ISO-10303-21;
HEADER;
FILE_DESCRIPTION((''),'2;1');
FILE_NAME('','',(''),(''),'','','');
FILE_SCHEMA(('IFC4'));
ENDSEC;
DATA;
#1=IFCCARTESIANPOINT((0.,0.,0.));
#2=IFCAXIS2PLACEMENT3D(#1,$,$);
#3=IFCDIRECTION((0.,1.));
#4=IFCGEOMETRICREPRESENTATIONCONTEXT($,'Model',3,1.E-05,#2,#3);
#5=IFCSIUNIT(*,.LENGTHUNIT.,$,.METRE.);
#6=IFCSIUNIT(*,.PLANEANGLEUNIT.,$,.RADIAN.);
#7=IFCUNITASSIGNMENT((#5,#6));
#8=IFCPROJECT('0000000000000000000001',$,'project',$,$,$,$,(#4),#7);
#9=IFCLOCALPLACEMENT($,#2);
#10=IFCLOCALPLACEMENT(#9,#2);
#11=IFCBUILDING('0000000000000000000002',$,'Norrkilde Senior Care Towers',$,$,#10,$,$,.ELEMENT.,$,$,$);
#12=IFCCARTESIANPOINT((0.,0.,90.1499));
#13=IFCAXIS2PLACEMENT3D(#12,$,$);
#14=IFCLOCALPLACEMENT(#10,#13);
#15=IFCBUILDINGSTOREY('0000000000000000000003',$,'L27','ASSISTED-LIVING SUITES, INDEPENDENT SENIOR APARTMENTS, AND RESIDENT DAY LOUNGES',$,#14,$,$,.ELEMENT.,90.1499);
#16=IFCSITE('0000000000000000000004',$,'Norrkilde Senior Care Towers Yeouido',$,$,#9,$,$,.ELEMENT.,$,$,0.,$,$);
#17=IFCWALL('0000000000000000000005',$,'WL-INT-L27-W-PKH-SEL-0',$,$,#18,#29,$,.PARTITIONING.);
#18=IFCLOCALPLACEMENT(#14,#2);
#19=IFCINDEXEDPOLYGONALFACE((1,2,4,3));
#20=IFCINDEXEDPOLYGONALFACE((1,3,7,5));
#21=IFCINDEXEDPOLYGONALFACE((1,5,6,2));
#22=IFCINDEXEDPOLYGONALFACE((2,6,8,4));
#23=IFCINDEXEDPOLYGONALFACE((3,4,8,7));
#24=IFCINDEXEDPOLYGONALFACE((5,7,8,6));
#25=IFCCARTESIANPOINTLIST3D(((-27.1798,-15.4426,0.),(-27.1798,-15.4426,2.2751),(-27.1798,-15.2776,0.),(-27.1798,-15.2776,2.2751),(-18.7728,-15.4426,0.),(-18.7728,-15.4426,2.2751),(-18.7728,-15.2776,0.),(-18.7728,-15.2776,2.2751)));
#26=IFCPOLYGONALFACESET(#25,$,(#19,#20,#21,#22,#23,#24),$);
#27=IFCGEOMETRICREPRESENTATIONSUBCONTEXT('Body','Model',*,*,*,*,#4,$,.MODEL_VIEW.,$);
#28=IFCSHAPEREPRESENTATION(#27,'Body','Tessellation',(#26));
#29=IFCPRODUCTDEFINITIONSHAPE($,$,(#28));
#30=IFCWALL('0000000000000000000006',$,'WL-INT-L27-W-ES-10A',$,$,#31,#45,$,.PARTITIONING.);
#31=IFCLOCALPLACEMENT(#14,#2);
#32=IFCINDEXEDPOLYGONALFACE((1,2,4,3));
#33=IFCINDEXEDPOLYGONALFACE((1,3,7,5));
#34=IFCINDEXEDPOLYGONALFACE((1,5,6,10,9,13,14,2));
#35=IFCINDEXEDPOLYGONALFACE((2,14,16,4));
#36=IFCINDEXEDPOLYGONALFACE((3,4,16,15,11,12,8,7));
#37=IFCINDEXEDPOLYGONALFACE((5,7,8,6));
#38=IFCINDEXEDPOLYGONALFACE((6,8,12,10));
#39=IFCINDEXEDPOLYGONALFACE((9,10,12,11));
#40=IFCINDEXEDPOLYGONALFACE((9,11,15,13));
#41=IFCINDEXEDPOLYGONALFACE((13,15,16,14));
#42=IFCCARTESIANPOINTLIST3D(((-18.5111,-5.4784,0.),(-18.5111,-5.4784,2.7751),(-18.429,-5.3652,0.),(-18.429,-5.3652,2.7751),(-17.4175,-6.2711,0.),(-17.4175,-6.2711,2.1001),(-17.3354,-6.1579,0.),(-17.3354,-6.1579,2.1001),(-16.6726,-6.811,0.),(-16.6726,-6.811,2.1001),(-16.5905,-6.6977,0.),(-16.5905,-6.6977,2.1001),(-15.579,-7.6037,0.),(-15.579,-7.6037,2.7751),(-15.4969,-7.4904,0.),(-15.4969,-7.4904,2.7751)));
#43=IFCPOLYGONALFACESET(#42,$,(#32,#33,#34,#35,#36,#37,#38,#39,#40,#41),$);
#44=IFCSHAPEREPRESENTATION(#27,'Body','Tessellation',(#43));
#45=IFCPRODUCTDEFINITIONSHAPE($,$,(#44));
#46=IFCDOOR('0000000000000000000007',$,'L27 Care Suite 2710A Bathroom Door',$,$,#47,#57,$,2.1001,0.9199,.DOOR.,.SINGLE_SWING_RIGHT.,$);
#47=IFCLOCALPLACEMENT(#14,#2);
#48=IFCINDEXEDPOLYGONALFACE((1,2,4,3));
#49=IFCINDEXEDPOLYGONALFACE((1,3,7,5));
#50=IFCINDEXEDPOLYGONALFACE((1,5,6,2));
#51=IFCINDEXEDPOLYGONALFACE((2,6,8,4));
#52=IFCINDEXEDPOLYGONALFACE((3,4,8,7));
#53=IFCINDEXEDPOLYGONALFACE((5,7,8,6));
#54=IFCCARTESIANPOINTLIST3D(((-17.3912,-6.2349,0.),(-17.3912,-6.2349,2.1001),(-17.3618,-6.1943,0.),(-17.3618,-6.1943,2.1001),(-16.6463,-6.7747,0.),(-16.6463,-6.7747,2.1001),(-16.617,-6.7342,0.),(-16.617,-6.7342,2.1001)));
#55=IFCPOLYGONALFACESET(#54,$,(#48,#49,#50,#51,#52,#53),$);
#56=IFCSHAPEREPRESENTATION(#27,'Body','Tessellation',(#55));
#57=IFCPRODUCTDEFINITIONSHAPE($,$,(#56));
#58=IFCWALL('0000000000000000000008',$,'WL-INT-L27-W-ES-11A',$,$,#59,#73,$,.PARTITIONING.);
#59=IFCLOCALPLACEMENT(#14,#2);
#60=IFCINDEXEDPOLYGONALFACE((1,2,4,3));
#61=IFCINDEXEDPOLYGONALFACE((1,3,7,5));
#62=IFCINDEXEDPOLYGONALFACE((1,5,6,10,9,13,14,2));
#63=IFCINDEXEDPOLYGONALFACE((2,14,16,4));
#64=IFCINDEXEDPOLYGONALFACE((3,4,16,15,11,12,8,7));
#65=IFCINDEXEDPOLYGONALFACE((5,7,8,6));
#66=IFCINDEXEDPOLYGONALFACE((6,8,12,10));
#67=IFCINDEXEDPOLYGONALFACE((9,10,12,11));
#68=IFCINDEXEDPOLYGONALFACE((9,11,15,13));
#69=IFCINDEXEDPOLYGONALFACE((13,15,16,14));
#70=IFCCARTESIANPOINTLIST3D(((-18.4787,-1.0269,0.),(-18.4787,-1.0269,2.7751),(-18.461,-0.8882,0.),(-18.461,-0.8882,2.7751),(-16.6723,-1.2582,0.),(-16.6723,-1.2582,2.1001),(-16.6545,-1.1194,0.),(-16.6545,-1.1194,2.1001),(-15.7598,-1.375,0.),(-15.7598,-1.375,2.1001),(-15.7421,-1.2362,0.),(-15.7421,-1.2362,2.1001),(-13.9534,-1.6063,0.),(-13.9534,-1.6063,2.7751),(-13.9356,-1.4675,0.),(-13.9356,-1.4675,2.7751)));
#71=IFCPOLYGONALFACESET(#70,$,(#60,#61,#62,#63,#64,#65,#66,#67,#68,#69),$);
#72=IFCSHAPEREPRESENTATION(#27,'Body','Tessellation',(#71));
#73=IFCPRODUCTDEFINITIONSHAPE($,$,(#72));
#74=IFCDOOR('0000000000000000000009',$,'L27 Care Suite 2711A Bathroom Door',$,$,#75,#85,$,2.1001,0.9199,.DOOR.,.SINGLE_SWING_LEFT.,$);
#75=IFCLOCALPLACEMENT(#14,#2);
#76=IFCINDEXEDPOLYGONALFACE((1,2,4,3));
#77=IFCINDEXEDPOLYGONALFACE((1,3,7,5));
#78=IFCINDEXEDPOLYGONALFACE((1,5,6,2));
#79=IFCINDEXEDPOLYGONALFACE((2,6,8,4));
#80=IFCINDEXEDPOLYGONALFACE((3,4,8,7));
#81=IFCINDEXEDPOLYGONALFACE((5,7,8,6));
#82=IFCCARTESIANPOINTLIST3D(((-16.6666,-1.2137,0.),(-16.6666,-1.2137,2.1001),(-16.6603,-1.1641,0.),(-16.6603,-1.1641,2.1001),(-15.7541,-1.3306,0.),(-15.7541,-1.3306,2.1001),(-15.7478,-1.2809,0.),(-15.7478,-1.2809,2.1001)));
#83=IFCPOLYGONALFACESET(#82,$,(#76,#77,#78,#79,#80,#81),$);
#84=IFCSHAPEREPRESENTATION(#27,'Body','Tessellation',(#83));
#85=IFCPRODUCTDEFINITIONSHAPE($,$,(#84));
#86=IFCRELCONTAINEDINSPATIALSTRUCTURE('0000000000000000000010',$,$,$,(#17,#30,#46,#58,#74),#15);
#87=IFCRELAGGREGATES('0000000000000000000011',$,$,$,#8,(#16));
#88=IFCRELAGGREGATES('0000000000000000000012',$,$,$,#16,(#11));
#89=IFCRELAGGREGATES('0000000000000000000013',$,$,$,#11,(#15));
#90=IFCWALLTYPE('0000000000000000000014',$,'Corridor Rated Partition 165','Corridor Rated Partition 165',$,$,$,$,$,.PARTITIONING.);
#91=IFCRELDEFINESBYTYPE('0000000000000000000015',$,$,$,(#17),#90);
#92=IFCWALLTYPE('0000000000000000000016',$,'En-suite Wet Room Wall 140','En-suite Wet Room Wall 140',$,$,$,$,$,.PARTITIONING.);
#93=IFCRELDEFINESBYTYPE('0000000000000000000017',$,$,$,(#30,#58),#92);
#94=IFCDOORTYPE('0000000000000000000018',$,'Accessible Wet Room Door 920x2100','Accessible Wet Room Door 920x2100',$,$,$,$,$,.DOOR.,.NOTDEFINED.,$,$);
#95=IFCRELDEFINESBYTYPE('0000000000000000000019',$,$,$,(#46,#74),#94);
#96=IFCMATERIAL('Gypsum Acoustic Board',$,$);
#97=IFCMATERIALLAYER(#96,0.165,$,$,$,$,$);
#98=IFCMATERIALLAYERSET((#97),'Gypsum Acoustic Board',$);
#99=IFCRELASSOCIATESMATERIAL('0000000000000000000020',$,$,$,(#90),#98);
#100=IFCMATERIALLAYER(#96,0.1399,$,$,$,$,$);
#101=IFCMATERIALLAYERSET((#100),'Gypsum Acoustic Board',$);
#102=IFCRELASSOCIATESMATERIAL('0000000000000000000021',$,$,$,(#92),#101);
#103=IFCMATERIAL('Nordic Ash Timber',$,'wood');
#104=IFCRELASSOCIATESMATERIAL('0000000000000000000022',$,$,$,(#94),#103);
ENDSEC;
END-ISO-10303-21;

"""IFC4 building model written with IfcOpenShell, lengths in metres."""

from ifc_helpers import new_model, si_unit, direction, frame, frame_2d, origin, place, context, subcontext, project, spatial, rectangle, extrude, source, transform, mapped, material, layer, layer_set, type_object, type_shapes, element, fill, save


model = new_model("IFC4")

# Units and contexts
model_context = context("Model", 3, precision=1e-05, world=origin(), true_north=direction((0.0, 1.0)))
body_context = subcontext(model_context, "Body", "Model", "MODEL_VIEW")
ifc_project = project(units=[si_unit("LENGTHUNIT", "METRE"), si_unit("PLANEANGLEUNIT", "RADIAN")], contexts=[model_context])

# Site, building, storey
site_placement = place(None, origin())
site = spatial("IfcSite", under=ifc_project, at=site_placement, Name="Norrkilde Senior Care Towers Yeouido", CompositionType="ELEMENT", RefElevation=0.0)
building_placement = place(site_placement, origin())
building = spatial("IfcBuilding", under=site, at=building_placement, Name="Norrkilde Senior Care Towers", CompositionType="ELEMENT")
storey_placement = place(building_placement, frame((0.0, 0.0, 90.1499)))
storey = spatial("IfcBuildingStorey", under=building, at=storey_placement, Name="L27", Description="ASSISTED-LIVING SUITES, INDEPENDENT SENIOR APARTMENTS, AND RESIDENT DAY LOUNGES", CompositionType="ELEMENT", Elevation=90.1499)

# Shared definitions
ifc_material_1 = material(Name="Gypsum Acoustic Board")
ifc_layer_1 = layer(ifc_material_1, 0.165)
ifc_layer_set_1 = layer_set([ifc_layer_1], Name="Gypsum Acoustic Board")
wall_type_1 = type_object("IfcWallType", Name="Corridor Rated Partition 165", Description="Corridor Rated Partition 165", PredefinedType="PARTITIONING", material=ifc_layer_set_1)

# Shared definitions
ifc_layer_2 = layer(ifc_material_1, 0.1399)
ifc_layer_set_2 = layer_set([ifc_layer_2], Name="Gypsum Acoustic Board")
wall_type_2 = type_object("IfcWallType", Name="En-suite Wet Room Wall 140", Description="En-suite Wet Room Wall 140", PredefinedType="PARTITIONING", material=ifc_layer_set_2)

# Shared definitions
ifc_material_2 = material(Name="Nordic Ash Timber", Category="wood")

# Wall
shared_shape_1 = source(origin(), body_context, "Body", "SweptSolid", [
    extrude(rectangle(XDim=8.407, YDim=0.165, at=frame_2d((4.2036, 0.0))), origin(), (0.0, 0.0, 1.0), 2.2751),
])
wall_1_placement = place(storey_placement, frame((-27.1799, -15.3601, 0.0), z_axis=(0.0, 0.0, 1.0), x_axis=(1.0, 0.0, 0.0)))
element("IfcWall", 1, at=wall_1_placement, inside=storey, type_object=wall_type_1, Name="WL-INT-L27-W-PKH-SEL-0", PredefinedType="PARTITIONING", context=body_context, shape_type="MappedRepresentation", body=[
    mapped(shared_shape_1, transform((0.0, 0.0, 0.0), x_axis=(1.0, 0.0, 0.0), y_axis=(0.0, 1.0, 0.0), z_axis=(0.0, 0.0, 1.0), scale=1.0)),
])

# Walls, openings, doors
shared_shape_2 = source(origin(), body_context, "Body", "SweptSolid", [
    extrude(rectangle(XDim=3.6213, YDim=0.1399, at=frame_2d((1.8105, 0.0))), origin(), (0.0, 0.0, 1.0), 2.7751),
])
wall_2_placement = place(storey_placement, frame((-18.47, -5.4219, 0.0), z_axis=(0.0, 0.0, 1.0), x_axis=(0.809683, -0.586868, 0.0)))
wall_2 = element("IfcWall", 2, at=wall_2_placement, inside=storey, type_object=wall_type_2, Name="WL-INT-L27-W-ES-10A", PredefinedType="PARTITIONING", context=body_context, shape_type="MappedRepresentation", body=[
    mapped(shared_shape_2, transform((0.0, 0.0, 0.0), x_axis=(1.0, 0.0, 0.0), y_axis=(0.0, 1.0, 0.0), z_axis=(0.0, 0.0, 1.0), scale=1.0)),
])
opening_1_placement = place(wall_2_placement, frame((1.3506, 0.0, 0.0)))
opening_1 = element("IfcOpeningElement", 3, at=opening_1_placement, cuts=wall_2, PredefinedType="OPENING", context=body_context, shape_type="SweptSolid", body=[
    extrude(rectangle(XDim=0.9199, YDim=2.1001, at=frame_2d((0.46, 1.05))), frame((0.0, 0.0798, 0.0), z_axis=(0.0, -1.0, 0.0), x_axis=(1.0, 0.0, 0.0)), (0.0, 0.0, 1.0), 0.1599),
])
door_type_1 = type_object("IfcDoorType", Name="Accessible Wet Room Door 920x2100", Description="Accessible Wet Room Door 920x2100", OperationType="NOTDEFINED", PredefinedType="DOOR", material=ifc_material_2)
shared_shape_3 = source(origin(), body_context, "Body", "SweptSolid", [
    extrude(rectangle(XDim=0.9199, YDim=2.1001, at=frame_2d((0.46, 1.05))), frame((0.0, 0.0249, 0.0), z_axis=(0.0, -1.0, 0.0), x_axis=(1.0, 0.0, 0.0)), (0.0, 0.0, 1.0), 0.05),
])
type_shapes(door_type_1, [shared_shape_3])
door_1_placement = place(opening_1_placement, origin())
door_1 = element("IfcDoor", 4, at=door_1_placement, inside=storey, type_object=door_type_1, Name="L27 Care Suite 2710A Bathroom Door", OperationType="SINGLE_SWING_RIGHT", OverallHeight=2.1001, OverallWidth=0.9199, PredefinedType="DOOR", context=body_context, shape_type="MappedRepresentation", body=[
    mapped(shared_shape_3, transform((0.0, 0.0, 0.0), x_axis=(1.0, 0.0, 0.0), y_axis=(0.0, 1.0, 0.0), z_axis=(0.0, 0.0, 1.0), scale=1.0)),
])
fill(opening_1, door_1)
shared_shape_4 = source(origin(), body_context, "Body", "SweptSolid", [
    extrude(rectangle(XDim=4.5623, YDim=0.1399, at=frame_2d((2.2812, 0.0))), origin(), (0.0, 0.0, 1.0), 2.7751),
])
wall_3_placement = place(storey_placement, frame((-18.47, -0.9575, 0.0), z_axis=(0.0, 0.0, 1.0), x_axis=(0.991905, -0.126985, 0.0)))
wall_3 = element("IfcWall", 5, at=wall_3_placement, inside=storey, type_object=wall_type_2, Name="WL-INT-L27-W-ES-11A", PredefinedType="PARTITIONING", context=body_context, shape_type="MappedRepresentation", body=[
    mapped(shared_shape_4, transform((0.0, 0.0, 0.0), x_axis=(1.0, 0.0, 0.0), y_axis=(0.0, 1.0, 0.0), z_axis=(0.0, 0.0, 1.0), scale=1.0)),
])
opening_2_placement = place(wall_3_placement, frame((1.8213, 0.0, 0.0)))
opening_2 = element("IfcOpeningElement", 6, at=opening_2_placement, cuts=wall_3, PredefinedType="OPENING", context=body_context, shape_type="SweptSolid", body=[
    extrude(rectangle(XDim=0.9199, YDim=2.1001, at=frame_2d((0.46, 1.05))), frame((0.0, 0.0798, 0.0), z_axis=(0.0, -1.0, 0.0), x_axis=(1.0, 0.0, 0.0)), (0.0, 0.0, 1.0), 0.1599),
])
door_2_placement = place(opening_2_placement, origin())
door_2 = element("IfcDoor", 7, at=door_2_placement, inside=storey, type_object=door_type_1, Name="L27 Care Suite 2711A Bathroom Door", OperationType="SINGLE_SWING_LEFT", OverallHeight=2.1001, OverallWidth=0.9199, PredefinedType="DOOR", context=body_context, shape_type="MappedRepresentation", body=[
    mapped(shared_shape_3, transform((0.0, 0.0, 0.0), x_axis=(1.0, 0.0, 0.0), y_axis=(0.0, 1.0, 0.0), z_axis=(0.0, 0.0, 1.0), scale=1.0)),
])
fill(opening_2, door_2)

save(model, "model.ifc")
